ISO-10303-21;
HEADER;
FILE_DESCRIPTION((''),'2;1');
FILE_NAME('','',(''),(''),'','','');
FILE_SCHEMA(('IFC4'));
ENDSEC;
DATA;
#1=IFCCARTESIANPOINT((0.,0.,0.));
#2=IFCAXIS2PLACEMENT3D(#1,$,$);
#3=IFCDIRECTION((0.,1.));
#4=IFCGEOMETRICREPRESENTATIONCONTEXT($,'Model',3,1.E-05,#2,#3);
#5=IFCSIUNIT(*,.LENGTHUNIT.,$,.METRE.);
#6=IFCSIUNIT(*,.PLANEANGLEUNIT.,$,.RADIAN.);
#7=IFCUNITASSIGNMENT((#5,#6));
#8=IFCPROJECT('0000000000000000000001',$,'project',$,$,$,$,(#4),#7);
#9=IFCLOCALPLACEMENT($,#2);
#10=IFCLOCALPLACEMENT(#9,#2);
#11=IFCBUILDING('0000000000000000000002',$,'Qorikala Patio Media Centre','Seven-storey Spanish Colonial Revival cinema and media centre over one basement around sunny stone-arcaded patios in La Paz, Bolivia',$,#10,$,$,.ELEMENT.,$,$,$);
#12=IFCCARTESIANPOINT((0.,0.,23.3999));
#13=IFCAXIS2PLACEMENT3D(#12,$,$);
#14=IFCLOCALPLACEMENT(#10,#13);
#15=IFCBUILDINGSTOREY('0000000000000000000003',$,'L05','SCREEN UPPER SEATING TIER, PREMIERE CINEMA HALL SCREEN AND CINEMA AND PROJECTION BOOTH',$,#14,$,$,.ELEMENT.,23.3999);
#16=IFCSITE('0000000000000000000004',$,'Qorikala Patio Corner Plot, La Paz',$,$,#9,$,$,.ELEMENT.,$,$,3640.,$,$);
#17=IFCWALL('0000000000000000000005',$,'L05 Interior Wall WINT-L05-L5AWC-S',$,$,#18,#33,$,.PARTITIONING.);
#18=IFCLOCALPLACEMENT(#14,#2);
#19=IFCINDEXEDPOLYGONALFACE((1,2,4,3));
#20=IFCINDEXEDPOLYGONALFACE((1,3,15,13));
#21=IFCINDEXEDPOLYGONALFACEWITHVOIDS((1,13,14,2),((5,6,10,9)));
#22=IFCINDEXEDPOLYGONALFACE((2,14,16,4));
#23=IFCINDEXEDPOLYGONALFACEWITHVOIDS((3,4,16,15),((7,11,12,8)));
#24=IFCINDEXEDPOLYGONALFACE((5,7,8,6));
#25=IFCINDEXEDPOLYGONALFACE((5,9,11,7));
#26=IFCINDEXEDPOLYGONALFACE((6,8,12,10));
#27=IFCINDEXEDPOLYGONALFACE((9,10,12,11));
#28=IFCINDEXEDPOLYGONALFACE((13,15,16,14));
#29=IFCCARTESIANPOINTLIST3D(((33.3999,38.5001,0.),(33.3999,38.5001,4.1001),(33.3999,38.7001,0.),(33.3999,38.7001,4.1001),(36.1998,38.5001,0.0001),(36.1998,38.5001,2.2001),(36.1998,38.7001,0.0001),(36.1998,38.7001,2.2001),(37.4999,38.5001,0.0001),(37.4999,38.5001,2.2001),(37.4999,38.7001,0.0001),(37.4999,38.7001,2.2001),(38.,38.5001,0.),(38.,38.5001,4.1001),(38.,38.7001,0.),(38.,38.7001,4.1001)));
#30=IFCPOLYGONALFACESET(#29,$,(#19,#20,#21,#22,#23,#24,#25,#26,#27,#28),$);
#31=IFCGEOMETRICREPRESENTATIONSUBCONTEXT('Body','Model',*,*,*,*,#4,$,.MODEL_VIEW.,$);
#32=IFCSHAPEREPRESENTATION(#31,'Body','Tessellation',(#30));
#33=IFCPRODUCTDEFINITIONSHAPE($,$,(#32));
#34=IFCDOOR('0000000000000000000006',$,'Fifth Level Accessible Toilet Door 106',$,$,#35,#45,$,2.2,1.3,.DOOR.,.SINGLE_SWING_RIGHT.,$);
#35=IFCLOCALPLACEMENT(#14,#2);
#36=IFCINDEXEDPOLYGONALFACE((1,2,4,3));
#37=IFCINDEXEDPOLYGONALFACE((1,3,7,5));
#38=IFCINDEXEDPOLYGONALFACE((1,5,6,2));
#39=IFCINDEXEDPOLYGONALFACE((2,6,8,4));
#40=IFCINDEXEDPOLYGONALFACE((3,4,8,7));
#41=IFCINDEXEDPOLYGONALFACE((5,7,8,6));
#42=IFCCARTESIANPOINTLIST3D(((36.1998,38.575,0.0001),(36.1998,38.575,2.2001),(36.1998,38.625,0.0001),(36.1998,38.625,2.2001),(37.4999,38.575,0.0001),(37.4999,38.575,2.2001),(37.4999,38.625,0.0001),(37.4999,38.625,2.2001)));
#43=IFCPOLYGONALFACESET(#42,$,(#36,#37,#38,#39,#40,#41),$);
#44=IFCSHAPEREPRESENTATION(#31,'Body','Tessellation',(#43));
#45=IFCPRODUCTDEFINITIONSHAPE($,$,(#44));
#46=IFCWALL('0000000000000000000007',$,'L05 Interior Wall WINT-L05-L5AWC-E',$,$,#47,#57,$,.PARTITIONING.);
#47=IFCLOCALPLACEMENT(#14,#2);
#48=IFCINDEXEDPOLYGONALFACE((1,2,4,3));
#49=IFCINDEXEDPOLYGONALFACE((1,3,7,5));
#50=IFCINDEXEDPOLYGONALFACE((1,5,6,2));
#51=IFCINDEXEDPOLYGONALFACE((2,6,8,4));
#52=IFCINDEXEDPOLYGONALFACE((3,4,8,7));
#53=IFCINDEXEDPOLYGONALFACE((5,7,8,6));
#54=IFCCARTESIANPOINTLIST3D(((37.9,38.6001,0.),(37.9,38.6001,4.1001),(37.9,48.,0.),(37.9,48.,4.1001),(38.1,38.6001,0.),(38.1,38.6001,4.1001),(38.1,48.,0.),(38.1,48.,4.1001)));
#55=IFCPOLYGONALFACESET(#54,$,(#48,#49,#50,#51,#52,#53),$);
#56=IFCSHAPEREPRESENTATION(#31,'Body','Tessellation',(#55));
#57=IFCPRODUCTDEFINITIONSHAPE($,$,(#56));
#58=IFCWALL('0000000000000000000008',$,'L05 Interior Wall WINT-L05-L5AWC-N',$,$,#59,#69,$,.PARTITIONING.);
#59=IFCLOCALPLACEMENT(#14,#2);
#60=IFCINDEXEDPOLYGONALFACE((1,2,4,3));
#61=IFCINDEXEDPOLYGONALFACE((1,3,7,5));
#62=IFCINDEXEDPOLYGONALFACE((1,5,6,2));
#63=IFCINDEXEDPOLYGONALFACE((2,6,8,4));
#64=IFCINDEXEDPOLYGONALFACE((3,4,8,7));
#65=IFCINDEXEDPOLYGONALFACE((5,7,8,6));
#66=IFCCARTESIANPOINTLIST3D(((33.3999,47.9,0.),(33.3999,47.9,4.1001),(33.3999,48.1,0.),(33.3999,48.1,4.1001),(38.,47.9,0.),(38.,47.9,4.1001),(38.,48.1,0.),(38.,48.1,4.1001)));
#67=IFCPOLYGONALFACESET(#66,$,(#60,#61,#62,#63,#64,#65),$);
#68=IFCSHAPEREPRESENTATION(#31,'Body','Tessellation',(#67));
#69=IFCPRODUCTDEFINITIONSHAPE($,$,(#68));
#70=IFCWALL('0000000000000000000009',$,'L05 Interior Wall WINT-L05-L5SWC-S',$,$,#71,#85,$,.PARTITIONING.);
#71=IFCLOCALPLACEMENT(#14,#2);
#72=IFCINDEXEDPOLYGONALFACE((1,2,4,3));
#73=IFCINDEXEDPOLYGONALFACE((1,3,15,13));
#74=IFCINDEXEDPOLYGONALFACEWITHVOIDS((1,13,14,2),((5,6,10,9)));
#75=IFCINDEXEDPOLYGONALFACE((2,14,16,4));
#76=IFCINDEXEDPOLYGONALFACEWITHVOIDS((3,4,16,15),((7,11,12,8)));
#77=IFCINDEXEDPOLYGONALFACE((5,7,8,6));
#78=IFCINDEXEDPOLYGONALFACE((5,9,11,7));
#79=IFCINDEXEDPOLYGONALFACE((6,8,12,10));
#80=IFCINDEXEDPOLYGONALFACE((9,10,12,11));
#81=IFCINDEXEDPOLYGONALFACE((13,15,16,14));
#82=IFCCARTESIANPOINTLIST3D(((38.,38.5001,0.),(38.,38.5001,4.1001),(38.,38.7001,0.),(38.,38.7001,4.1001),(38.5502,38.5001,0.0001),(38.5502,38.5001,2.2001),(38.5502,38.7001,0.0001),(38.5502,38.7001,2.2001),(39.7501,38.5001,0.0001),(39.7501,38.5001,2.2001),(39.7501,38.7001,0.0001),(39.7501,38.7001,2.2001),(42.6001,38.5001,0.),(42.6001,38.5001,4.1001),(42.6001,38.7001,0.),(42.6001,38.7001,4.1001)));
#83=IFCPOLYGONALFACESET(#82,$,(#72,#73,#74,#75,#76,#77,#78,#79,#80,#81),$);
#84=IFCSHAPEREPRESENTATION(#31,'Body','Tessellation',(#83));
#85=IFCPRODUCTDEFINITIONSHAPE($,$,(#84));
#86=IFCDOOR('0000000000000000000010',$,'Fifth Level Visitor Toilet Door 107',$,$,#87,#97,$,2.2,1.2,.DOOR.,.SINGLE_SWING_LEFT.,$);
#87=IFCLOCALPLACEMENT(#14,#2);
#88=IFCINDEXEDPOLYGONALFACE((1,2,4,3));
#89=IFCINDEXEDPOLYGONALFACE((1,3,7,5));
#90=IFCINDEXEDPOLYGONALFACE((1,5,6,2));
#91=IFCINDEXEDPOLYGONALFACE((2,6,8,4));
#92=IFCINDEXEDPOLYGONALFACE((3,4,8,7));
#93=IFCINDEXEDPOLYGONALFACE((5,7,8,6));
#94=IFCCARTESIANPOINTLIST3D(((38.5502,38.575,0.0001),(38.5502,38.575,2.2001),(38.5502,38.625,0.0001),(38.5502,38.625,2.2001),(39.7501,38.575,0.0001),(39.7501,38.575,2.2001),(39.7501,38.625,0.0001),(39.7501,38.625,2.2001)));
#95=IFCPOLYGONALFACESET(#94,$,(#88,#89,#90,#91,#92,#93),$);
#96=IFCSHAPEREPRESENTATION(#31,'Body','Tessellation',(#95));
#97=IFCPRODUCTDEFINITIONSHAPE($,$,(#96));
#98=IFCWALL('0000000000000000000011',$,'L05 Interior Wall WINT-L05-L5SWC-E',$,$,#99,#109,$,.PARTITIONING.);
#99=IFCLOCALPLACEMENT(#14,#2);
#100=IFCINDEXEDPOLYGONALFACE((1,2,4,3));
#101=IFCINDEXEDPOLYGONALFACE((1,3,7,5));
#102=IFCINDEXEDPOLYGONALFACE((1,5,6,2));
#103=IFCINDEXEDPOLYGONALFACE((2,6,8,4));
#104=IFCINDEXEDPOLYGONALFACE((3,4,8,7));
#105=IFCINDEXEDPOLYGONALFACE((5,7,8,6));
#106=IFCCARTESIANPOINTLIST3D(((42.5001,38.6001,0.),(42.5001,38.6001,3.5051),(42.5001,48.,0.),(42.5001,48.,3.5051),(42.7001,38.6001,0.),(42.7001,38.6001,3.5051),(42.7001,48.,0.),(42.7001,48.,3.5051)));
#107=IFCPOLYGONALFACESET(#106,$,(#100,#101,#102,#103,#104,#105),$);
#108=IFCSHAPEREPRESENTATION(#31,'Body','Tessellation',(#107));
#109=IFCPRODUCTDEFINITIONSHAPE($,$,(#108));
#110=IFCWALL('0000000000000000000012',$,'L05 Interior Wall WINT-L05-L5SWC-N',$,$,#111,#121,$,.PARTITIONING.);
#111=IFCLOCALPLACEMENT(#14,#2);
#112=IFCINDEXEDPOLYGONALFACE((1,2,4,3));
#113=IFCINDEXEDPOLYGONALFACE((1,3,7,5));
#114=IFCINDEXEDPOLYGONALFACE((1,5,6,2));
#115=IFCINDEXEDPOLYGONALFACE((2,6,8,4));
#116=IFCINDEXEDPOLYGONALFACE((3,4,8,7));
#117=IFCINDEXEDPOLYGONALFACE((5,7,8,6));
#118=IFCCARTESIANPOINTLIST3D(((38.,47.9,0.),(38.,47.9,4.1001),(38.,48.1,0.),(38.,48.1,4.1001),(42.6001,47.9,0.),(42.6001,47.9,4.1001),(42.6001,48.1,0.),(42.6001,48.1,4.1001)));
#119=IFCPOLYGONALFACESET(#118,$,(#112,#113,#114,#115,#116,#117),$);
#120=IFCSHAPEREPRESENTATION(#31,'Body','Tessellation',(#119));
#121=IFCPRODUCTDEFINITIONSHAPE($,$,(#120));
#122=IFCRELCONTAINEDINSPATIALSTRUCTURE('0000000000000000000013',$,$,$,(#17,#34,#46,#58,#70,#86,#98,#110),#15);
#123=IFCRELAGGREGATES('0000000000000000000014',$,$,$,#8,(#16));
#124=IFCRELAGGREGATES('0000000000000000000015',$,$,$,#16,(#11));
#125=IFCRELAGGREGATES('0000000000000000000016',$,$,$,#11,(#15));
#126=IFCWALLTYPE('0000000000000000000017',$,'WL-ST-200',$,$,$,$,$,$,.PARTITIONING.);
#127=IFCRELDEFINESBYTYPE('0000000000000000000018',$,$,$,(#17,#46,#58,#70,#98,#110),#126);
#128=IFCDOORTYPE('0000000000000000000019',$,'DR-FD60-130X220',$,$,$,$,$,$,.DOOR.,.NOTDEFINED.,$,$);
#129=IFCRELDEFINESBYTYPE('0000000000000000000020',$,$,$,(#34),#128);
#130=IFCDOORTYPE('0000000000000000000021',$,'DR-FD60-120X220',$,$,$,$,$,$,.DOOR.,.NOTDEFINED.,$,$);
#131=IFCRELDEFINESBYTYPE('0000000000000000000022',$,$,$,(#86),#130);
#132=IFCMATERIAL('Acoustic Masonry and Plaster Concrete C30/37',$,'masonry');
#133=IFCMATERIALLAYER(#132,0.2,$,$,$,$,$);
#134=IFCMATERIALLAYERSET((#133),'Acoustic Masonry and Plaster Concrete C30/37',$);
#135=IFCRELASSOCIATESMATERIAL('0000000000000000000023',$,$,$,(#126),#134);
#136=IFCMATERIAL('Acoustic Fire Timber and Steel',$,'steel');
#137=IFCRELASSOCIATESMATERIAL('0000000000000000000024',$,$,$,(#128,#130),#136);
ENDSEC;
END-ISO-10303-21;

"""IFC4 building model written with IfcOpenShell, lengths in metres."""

from ifc_helpers import new_model, si_unit, direction, frame, frame_2d, origin, place, context, subcontext, project, spatial, rectangle, extrude, material, layer, layer_set, type_object, element, fill, save


model = new_model("IFC4")

# Units and contexts
model_context = context("Model", 3, precision=1e-05, world=origin(), true_north=direction((0.0, 1.0)))
body_context = subcontext(model_context, "Body", "Model", "MODEL_VIEW")
ifc_project = project(units=[si_unit("LENGTHUNIT", "METRE"), si_unit("PLANEANGLEUNIT", "RADIAN")], contexts=[model_context])

# Site, building, storey
site_placement = place(None, origin())
site = spatial("IfcSite", under=ifc_project, at=site_placement, Name="Qorikala Patio Corner Plot, La Paz", CompositionType="ELEMENT", RefElevation=3640.0)
building_placement = place(site_placement, origin())
building = spatial("IfcBuilding", under=site, at=building_placement, Name="Qorikala Patio Media Centre", Description="Seven-storey Spanish Colonial Revival cinema and media centre over one basement around sunny stone-arcaded patios in La Paz, Bolivia", CompositionType="ELEMENT")
storey_placement = place(building_placement, frame((0.0, 0.0, 23.3999)))
storey = spatial("IfcBuildingStorey", under=building, at=storey_placement, Name="L05", Description="SCREEN UPPER SEATING TIER, PREMIERE CINEMA HALL SCREEN AND CINEMA AND PROJECTION BOOTH", CompositionType="ELEMENT", Elevation=23.3999)

# Wall, opening, door
ifc_material_1 = material(Name="Acoustic Masonry and Plaster Concrete C30/37", Category="masonry")
ifc_layer_1 = layer(ifc_material_1, 0.2)
ifc_layer_set_1 = layer_set([ifc_layer_1], Name="Acoustic Masonry and Plaster Concrete C30/37")
wall_type_1 = type_object("IfcWallType", Name="WL-ST-200", PredefinedType="PARTITIONING", material=ifc_layer_set_1)
wall_1_placement = place(storey_placement, frame((33.3999, 38.6001, 0.0), z_axis=(0.0, 0.0, 1.0), x_axis=(1.0, 0.0, 0.0)))
wall_1 = element("IfcWall", 1, at=wall_1_placement, inside=storey, type_object=wall_type_1, Name="L05 Interior Wall WINT-L05-L5AWC-S", PredefinedType="PARTITIONING", context=body_context, shape_type="SweptSolid", body=[
    extrude(rectangle(XDim=4.6001, YDim=0.2, at=frame_2d((2.3, 0.0))), origin(), (0.0, 0.0, 1.0), 4.1001),
])
opening_1_placement = place(wall_1_placement, frame((2.8, 0.0, 0.0)))
opening_1 = element("IfcOpeningElement", 2, at=opening_1_placement, cuts=wall_1, PredefinedType="OPENING", context=body_context, shape_type="SweptSolid", body=[
    extrude(rectangle(XDim=1.3, YDim=2.2, at=frame_2d((0.6499, 1.1001))), frame((0.0, 0.1099, 0.0), z_axis=(0.0, -1.0, 0.0), x_axis=(1.0, 0.0, 0.0)), (0.0, 0.0, 1.0), 0.22),
])
ifc_material_2 = material(Name="Acoustic Fire Timber and Steel", Category="steel")
door_type_1 = type_object("IfcDoorType", Name="DR-FD60-130X220", OperationType="NOTDEFINED", PredefinedType="DOOR", material=ifc_material_2)
door_1_placement = place(opening_1_placement, origin())
door_1 = element("IfcDoor", 3, at=door_1_placement, inside=storey, type_object=door_type_1, Name="Fifth Level Accessible Toilet Door 106", OperationType="SINGLE_SWING_RIGHT", OverallHeight=2.2, OverallWidth=1.3, PredefinedType="DOOR", context=body_context, shape_type="SweptSolid", body=[
    extrude(rectangle(XDim=1.3, YDim=2.2, at=frame_2d((0.6499, 1.1001))), frame((0.0, 0.0249, 0.0), z_axis=(0.0, -1.0, 0.0), x_axis=(1.0, 0.0, 0.0)), (0.0, 0.0, 1.0), 0.05),
])
fill(opening_1, door_1)

# Walls
wall_2_placement = place(storey_placement, frame((38.0, 38.6001, 0.0), z_axis=(0.0, 0.0, 1.0), x_axis=(0.0, 1.0, 0.0)))
element("IfcWall", 4, at=wall_2_placement, inside=storey, type_object=wall_type_1, Name="L05 Interior Wall WINT-L05-L5AWC-E", PredefinedType="PARTITIONING", context=body_context, shape_type="SweptSolid", body=[
    extrude(rectangle(XDim=9.3999, YDim=0.2, at=frame_2d((4.7, 0.0))), origin(), (0.0, 0.0, 1.0), 4.1001),
])
wall_3_placement = place(storey_placement, frame((33.3999, 48.0, 0.0), z_axis=(0.0, 0.0, 1.0), x_axis=(1.0, 0.0, 0.0)))
element("IfcWall", 5, at=wall_3_placement, inside=storey, type_object=wall_type_1, Name="L05 Interior Wall WINT-L05-L5AWC-N", PredefinedType="PARTITIONING", context=body_context, shape_type="SweptSolid", body=[
    extrude(rectangle(XDim=4.6001, YDim=0.2, at=frame_2d((2.3, 0.0))), origin(), (0.0, 0.0, 1.0), 4.1001),
])

# Wall, opening, door
wall_4_placement = place(storey_placement, frame((38.0, 38.6001, 0.0), z_axis=(0.0, 0.0, 1.0), x_axis=(1.0, 0.0, 0.0)))
wall_4 = element("IfcWall", 6, at=wall_4_placement, inside=storey, type_object=wall_type_1, Name="L05 Interior Wall WINT-L05-L5SWC-S", PredefinedType="PARTITIONING", context=body_context, shape_type="SweptSolid", body=[
    extrude(rectangle(XDim=4.6001, YDim=0.2, at=frame_2d((2.3, 0.0))), origin(), (0.0, 0.0, 1.0), 4.1001),
])
opening_2_placement = place(wall_4_placement, frame((0.55, 0.0, 0.0)))
opening_2 = element("IfcOpeningElement", 7, at=opening_2_placement, cuts=wall_4, PredefinedType="OPENING", context=body_context, shape_type="SweptSolid", body=[
    extrude(rectangle(XDim=1.2, YDim=2.2, at=frame_2d((0.6001, 1.1001))), frame((0.0, 0.1099, 0.0), z_axis=(0.0, -1.0, 0.0), x_axis=(1.0, 0.0, 0.0)), (0.0, 0.0, 1.0), 0.22),
])
door_type_2 = type_object("IfcDoorType", Name="DR-FD60-120X220", OperationType="NOTDEFINED", PredefinedType="DOOR", material=ifc_material_2)
door_2_placement = place(opening_2_placement, origin())
door_2 = element("IfcDoor", 8, at=door_2_placement, inside=storey, type_object=door_type_2, Name="Fifth Level Visitor Toilet Door 107", OperationType="SINGLE_SWING_LEFT", OverallHeight=2.2, OverallWidth=1.2, PredefinedType="DOOR", context=body_context, shape_type="SweptSolid", body=[
    extrude(rectangle(XDim=1.2, YDim=2.2, at=frame_2d((0.6001, 1.1001))), frame((0.0, 0.0249, 0.0), z_axis=(0.0, -1.0, 0.0), x_axis=(1.0, 0.0, 0.0)), (0.0, 0.0, 1.0), 0.05),
])
fill(opening_2, door_2)

# Walls
wall_5_placement = place(storey_placement, frame((42.6001, 38.6001, 0.0), z_axis=(0.0, 0.0, 1.0), x_axis=(0.0, 1.0, 0.0)))
element("IfcWall", 9, at=wall_5_placement, inside=storey, type_object=wall_type_1, Name="L05 Interior Wall WINT-L05-L5SWC-E", PredefinedType="PARTITIONING", context=body_context, shape_type="SweptSolid", body=[
    extrude(rectangle(XDim=9.3999, YDim=0.2, at=frame_2d((4.7, 0.0))), origin(), (0.0, 0.0, 1.0), 3.5051),
])
wall_6_placement = place(storey_placement, frame((38.0, 48.0, 0.0), z_axis=(0.0, 0.0, 1.0), x_axis=(1.0, 0.0, 0.0)))
element("IfcWall", 10, at=wall_6_placement, inside=storey, type_object=wall_type_1, Name="L05 Interior Wall WINT-L05-L5SWC-N", PredefinedType="PARTITIONING", context=body_context, shape_type="SweptSolid", body=[
    extrude(rectangle(XDim=4.6001, YDim=0.2, at=frame_2d((2.3, 0.0))), origin(), (0.0, 0.0, 1.0), 4.1001),
])

save(model, "model.ifc")
